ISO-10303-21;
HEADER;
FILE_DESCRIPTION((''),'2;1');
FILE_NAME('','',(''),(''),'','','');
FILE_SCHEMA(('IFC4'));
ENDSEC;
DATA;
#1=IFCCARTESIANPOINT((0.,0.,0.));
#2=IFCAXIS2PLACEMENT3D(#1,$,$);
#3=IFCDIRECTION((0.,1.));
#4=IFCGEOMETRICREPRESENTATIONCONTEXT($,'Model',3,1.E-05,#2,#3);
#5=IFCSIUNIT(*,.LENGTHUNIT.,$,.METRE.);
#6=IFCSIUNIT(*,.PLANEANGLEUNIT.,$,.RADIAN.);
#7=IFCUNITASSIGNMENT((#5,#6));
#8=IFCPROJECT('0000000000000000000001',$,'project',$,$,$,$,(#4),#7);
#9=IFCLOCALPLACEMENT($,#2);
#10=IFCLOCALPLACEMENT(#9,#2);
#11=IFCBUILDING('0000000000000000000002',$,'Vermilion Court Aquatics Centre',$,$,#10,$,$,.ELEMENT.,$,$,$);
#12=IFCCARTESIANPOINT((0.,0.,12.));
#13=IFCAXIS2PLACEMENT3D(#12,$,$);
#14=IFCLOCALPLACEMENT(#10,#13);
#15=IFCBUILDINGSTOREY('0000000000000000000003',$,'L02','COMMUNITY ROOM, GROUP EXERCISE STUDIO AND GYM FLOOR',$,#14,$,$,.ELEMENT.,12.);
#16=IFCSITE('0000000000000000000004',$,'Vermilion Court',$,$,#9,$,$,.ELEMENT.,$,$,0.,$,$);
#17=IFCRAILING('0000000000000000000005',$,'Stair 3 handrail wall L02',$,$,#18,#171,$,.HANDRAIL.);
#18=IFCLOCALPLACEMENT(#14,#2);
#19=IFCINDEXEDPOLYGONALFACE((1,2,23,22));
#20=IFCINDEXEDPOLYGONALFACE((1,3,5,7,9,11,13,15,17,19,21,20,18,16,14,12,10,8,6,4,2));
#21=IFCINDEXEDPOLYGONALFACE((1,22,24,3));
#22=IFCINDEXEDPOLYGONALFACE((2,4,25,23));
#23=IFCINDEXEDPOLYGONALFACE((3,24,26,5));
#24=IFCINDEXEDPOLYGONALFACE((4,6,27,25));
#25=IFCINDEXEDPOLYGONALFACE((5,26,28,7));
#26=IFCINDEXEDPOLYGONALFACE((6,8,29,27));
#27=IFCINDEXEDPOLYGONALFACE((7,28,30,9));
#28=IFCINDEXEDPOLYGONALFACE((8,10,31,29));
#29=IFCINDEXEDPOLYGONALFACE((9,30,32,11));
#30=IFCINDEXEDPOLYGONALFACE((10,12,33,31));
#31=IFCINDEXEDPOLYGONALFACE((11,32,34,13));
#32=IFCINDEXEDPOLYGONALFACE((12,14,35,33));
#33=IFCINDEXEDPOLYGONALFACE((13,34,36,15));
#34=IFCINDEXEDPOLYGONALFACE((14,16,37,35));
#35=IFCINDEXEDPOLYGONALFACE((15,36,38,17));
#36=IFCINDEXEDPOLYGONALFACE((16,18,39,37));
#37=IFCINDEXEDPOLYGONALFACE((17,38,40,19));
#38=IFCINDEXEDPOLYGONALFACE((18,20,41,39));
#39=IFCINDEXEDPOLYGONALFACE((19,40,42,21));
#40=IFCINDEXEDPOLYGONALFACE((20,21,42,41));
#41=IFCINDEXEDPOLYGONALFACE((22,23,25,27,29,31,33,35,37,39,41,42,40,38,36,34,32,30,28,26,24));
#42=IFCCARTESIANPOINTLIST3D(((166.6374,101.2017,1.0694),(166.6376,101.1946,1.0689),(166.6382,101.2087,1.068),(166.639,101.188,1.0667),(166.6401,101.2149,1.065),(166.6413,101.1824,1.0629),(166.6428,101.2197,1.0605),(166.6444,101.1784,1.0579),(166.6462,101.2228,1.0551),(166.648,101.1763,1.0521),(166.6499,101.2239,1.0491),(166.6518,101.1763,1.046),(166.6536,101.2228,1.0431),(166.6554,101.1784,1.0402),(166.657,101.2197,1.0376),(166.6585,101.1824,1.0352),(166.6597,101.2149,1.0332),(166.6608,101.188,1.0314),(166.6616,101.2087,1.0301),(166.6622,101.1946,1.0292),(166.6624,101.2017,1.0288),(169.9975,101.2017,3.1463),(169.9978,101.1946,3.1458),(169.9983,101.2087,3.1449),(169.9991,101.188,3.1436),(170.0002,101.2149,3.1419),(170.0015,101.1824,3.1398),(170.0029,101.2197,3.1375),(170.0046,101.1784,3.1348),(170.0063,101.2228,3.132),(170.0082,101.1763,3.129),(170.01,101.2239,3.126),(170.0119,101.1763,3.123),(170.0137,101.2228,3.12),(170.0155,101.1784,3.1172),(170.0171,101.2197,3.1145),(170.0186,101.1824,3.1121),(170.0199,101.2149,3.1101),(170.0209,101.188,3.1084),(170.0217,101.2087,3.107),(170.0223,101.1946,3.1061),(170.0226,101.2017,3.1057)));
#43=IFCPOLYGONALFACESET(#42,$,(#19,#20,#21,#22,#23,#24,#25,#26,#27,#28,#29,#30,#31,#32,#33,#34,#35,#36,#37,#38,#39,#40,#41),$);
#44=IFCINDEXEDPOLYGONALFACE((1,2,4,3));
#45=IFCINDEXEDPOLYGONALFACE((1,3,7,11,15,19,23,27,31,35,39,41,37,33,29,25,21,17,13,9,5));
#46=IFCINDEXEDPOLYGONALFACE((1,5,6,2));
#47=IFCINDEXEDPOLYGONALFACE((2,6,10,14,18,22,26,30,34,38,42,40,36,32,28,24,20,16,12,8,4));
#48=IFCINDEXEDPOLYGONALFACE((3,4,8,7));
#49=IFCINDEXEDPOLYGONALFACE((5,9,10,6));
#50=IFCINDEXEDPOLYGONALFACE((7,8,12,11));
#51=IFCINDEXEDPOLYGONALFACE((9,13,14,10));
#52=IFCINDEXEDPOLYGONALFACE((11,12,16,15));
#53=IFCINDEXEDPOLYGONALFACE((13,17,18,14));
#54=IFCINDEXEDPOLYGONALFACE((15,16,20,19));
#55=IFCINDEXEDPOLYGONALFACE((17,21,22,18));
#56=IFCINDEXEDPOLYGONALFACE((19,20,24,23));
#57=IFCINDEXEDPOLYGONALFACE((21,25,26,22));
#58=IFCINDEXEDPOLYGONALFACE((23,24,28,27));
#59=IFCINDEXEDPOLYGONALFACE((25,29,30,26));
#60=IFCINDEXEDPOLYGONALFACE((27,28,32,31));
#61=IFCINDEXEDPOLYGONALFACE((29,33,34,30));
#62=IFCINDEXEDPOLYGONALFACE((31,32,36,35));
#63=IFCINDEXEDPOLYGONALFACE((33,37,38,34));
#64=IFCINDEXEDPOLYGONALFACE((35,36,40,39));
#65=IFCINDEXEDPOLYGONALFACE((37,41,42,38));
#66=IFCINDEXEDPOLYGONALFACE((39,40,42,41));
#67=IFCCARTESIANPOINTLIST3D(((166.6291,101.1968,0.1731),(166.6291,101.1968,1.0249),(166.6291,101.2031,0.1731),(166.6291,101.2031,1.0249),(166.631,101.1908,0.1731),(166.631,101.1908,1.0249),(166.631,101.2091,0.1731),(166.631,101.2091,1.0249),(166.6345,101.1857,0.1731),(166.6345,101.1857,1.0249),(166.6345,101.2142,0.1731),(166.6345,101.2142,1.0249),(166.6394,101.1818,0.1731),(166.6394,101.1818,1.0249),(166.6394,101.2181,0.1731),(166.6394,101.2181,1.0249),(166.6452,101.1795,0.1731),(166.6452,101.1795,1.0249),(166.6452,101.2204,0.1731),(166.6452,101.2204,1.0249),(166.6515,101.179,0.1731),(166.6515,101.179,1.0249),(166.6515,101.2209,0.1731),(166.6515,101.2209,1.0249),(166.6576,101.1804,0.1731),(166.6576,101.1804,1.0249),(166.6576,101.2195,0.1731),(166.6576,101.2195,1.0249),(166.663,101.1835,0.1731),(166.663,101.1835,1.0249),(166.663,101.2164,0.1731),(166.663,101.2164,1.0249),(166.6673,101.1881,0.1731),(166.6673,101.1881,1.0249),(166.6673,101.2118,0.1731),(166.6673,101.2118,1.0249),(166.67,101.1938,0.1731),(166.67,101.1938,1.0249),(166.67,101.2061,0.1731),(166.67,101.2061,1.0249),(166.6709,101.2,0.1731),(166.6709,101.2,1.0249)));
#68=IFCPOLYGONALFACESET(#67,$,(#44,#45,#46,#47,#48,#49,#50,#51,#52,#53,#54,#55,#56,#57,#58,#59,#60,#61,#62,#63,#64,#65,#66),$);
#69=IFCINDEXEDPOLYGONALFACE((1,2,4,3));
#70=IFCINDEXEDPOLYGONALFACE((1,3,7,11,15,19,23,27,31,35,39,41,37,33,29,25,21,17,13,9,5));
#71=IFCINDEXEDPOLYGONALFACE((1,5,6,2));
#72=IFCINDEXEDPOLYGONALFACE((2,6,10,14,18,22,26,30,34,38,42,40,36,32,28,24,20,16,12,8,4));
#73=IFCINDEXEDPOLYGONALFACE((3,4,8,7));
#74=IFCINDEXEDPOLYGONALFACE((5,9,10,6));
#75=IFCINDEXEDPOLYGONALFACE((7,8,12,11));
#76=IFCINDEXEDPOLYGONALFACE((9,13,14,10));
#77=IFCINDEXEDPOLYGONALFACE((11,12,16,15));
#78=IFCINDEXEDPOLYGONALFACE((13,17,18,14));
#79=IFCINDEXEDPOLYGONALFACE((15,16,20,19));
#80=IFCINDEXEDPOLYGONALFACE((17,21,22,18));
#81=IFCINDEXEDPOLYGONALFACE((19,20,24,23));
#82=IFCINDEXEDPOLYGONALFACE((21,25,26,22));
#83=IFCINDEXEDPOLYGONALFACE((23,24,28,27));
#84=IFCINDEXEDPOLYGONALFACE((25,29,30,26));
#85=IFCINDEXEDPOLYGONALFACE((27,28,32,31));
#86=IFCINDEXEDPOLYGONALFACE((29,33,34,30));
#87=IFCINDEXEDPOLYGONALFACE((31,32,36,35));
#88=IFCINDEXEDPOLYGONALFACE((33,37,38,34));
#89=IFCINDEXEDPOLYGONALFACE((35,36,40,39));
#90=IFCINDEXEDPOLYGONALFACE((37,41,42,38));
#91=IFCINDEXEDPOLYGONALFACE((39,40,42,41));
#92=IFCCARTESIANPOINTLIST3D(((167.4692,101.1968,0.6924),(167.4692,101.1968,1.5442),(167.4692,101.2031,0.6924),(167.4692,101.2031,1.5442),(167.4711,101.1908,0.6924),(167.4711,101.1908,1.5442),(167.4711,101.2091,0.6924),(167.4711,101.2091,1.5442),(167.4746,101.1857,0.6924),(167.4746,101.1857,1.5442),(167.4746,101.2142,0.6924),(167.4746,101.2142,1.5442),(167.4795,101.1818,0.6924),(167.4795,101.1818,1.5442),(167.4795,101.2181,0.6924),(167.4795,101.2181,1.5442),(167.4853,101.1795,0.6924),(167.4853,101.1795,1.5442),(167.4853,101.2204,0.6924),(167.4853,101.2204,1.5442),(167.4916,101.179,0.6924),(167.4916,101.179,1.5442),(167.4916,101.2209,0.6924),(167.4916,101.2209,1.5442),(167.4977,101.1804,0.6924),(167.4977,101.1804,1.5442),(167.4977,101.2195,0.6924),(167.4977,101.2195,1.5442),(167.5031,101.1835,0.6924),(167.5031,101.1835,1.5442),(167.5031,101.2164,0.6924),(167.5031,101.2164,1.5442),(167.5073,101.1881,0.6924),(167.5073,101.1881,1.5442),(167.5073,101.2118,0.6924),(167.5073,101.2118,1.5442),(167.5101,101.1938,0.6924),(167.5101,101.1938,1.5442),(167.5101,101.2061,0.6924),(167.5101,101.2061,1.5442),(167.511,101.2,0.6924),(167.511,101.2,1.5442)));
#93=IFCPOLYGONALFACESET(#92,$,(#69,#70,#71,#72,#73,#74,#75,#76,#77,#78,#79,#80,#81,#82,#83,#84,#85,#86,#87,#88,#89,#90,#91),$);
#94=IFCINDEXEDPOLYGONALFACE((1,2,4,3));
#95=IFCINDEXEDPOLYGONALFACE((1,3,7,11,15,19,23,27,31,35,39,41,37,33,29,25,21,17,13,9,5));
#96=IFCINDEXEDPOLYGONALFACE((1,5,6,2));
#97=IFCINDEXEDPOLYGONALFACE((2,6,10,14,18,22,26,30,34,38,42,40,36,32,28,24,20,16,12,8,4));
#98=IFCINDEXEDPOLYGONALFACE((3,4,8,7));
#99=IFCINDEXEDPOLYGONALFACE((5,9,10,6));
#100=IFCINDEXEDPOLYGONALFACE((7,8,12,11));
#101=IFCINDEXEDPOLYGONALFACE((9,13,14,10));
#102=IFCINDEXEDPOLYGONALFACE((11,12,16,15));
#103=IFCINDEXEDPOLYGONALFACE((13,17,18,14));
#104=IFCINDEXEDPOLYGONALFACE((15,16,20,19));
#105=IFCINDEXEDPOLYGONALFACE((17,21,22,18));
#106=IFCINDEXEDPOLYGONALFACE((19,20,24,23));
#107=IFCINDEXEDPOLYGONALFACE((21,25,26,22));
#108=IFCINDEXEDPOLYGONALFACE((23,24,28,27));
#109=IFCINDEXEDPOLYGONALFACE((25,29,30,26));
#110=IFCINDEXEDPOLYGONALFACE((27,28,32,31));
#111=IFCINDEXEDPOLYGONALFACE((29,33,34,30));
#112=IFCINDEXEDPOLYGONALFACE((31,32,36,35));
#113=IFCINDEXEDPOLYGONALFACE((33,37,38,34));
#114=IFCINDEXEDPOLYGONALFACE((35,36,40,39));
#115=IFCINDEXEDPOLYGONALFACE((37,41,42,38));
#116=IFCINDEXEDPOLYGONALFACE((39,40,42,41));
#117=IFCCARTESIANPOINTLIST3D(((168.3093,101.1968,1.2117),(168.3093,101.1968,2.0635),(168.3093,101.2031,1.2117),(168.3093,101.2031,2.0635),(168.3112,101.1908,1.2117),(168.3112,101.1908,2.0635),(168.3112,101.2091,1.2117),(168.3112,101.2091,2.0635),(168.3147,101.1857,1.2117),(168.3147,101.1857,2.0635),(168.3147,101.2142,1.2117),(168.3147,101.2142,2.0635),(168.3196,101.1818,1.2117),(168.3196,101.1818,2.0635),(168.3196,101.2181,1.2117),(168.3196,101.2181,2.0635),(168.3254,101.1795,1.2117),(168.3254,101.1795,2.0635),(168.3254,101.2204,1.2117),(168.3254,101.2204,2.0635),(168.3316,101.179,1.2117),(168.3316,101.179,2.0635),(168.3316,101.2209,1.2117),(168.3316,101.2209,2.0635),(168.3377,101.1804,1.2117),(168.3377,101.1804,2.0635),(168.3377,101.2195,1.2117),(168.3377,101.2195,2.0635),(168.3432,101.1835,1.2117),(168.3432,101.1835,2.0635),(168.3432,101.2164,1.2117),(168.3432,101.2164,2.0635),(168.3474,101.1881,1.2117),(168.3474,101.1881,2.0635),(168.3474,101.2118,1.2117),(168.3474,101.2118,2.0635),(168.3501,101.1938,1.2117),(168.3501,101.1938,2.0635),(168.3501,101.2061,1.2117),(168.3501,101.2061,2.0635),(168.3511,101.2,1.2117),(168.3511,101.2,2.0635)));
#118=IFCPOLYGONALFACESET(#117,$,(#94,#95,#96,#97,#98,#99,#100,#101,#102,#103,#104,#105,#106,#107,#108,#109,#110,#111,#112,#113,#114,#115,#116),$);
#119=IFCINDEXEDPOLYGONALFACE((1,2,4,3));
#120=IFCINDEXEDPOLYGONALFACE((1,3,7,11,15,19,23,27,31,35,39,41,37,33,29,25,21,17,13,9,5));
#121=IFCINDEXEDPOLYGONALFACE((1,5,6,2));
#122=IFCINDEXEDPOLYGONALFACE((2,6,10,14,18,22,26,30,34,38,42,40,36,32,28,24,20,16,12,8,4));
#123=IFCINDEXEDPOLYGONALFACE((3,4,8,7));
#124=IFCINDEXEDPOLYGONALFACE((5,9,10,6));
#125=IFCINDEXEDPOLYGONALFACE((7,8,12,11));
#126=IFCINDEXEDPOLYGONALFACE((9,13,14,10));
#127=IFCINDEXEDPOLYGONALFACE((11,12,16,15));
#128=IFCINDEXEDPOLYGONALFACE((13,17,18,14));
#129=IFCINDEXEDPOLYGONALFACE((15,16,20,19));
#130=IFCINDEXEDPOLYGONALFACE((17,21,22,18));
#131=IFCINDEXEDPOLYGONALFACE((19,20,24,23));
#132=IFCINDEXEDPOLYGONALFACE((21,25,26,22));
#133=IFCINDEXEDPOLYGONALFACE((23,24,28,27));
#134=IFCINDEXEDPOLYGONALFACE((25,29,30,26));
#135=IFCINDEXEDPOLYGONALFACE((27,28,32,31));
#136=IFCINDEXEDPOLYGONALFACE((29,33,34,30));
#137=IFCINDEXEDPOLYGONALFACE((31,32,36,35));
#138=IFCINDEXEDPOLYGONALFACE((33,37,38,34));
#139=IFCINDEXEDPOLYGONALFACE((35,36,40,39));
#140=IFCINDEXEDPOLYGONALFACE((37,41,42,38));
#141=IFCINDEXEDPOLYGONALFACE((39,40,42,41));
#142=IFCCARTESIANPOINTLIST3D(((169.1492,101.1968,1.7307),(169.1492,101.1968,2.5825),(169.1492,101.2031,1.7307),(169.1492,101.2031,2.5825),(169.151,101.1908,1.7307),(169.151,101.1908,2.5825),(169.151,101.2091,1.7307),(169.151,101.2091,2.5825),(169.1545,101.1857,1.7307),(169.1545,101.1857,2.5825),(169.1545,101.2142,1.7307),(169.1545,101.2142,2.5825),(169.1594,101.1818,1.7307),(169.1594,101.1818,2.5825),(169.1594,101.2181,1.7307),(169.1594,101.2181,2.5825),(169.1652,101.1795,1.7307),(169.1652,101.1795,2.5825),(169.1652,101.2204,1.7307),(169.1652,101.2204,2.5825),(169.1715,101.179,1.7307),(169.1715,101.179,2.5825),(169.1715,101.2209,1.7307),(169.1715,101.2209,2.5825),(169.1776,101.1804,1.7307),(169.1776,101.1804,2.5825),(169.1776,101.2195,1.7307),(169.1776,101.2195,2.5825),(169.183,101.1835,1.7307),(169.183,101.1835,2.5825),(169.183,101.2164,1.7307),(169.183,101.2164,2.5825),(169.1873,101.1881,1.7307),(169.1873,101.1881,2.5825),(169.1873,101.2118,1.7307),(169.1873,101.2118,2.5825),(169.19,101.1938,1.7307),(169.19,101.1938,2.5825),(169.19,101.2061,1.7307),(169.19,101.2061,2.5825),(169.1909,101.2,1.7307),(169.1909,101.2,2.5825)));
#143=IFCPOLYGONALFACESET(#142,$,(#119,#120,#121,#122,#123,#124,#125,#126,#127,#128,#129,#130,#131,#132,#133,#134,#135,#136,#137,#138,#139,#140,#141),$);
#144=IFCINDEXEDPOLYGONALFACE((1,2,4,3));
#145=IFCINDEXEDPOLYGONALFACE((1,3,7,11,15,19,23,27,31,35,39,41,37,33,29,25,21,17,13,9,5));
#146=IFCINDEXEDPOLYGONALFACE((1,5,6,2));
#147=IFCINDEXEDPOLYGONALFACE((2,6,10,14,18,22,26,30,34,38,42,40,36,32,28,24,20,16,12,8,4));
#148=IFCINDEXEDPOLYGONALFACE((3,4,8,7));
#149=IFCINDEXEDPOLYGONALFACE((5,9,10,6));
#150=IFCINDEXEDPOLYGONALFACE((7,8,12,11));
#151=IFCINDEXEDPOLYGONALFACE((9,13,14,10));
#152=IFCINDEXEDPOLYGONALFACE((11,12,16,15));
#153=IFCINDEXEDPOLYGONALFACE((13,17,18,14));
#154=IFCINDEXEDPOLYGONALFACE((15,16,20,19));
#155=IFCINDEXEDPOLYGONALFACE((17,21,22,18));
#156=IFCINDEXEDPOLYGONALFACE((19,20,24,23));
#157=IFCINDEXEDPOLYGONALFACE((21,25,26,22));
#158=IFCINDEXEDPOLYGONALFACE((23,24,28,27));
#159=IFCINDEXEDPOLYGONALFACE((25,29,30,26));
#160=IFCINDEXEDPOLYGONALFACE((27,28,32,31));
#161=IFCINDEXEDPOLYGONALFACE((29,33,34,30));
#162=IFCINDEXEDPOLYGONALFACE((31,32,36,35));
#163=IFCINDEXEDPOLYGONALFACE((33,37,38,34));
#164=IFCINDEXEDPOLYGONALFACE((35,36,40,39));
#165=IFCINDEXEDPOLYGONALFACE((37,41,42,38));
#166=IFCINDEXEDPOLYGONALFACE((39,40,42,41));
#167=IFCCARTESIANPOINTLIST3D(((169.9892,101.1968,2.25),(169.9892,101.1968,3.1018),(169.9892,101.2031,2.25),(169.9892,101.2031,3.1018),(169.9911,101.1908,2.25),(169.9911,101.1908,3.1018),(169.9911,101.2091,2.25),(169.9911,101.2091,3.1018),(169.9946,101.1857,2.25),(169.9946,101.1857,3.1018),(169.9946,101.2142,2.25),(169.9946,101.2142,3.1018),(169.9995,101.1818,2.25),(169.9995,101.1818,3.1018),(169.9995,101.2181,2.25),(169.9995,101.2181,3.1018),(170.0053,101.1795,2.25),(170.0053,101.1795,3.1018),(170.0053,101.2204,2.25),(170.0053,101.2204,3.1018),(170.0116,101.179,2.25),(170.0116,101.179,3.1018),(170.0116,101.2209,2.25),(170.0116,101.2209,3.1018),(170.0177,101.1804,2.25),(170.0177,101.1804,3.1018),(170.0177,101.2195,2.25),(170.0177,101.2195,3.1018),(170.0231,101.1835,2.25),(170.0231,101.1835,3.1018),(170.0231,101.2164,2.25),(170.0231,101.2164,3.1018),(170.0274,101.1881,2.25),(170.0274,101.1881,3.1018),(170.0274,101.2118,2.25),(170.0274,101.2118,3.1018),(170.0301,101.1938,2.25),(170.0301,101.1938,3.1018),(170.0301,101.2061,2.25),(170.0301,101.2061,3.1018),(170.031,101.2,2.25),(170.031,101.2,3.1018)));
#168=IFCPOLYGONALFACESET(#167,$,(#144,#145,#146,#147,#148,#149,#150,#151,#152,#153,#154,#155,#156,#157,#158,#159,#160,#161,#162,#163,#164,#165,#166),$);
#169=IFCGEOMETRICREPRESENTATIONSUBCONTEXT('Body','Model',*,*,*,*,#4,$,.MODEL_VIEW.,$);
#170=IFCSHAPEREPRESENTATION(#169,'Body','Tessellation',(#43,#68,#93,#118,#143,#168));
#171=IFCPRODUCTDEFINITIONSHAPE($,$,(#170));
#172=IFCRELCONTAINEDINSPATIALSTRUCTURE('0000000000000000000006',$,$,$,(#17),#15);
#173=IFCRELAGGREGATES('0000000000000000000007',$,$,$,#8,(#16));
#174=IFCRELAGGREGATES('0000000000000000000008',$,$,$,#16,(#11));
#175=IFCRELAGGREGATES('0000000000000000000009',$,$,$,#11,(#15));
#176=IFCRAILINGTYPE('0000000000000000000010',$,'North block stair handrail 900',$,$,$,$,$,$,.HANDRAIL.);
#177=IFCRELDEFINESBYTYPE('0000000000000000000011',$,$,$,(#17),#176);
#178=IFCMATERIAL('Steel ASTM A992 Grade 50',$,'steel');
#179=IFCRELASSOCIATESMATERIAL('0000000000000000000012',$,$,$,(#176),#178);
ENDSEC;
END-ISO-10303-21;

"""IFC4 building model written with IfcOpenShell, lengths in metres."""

from ifc_helpers import new_model, si_unit, direction, frame, origin, origin_2d, place, context, subcontext, project, spatial, circle, extrude, material, type_object, element, save


model = new_model("IFC4")

# Units and contexts
model_context = context("Model", 3, precision=1e-05, world=origin(), true_north=direction((0.0, 1.0)))
body_context = subcontext(model_context, "Body", "Model", "MODEL_VIEW")
ifc_project = project(units=[si_unit("LENGTHUNIT", "METRE"), si_unit("PLANEANGLEUNIT", "RADIAN")], contexts=[model_context])

# Site, building, storey
site_placement = place(None, origin())
site = spatial("IfcSite", under=ifc_project, at=site_placement, Name="Vermilion Court", CompositionType="ELEMENT", RefElevation=0.0)
building_placement = place(site_placement, origin())
building = spatial("IfcBuilding", under=site, at=building_placement, Name="Vermilion Court Aquatics Centre", CompositionType="ELEMENT")
storey_placement = place(building_placement, frame((0.0, 0.0, 12.0)))
storey = spatial("IfcBuildingStorey", under=building, at=storey_placement, Name="L02", Description="COMMUNITY ROOM, GROUP EXERCISE STUDIO AND GYM FLOOR", CompositionType="ELEMENT", Elevation=12.0)

# Railing
ifc_material_1 = material(Name="Steel ASTM A992 Grade 50", Category="steel")
railing_type_1 = type_object("IfcRailingType", Name="North block stair handrail 900", PredefinedType="HANDRAIL", material=ifc_material_1)
for number, where, name in (
    (1, (166.6499, 101.2, 0.1731), "Stair 3 handrail wall L02"),
):
    element("IfcRailing", number, at=place(storey_placement, frame(where)), inside=storey, type_object=railing_type_1, Name=name, PredefinedType="HANDRAIL", context=body_context, shape_type="SweptSolid", body=[
        extrude(circle(Radius=0.0239, at=origin_2d()), frame((0.0, 0.0, 0.876), z_axis=(0.850623, 0.0, 0.525776), x_axis=(0.0, 1.0, 0.0)), (0.0, 0.0, 1.0), 3.9502),
        extrude(circle(Radius=0.021, at=origin_2d()), origin(), (0.0, 0.0, 1.0), 0.8518),
        extrude(circle(Radius=0.021, at=origin_2d()), frame((0.8401, 0.0, 0.5193)), (0.0, 0.0, 1.0), 0.8518),
        extrude(circle(Radius=0.021, at=origin_2d()), frame((1.6802, 0.0, 1.0386)), (0.0, 0.0, 1.0), 0.8518),
        extrude(circle(Radius=0.021, at=origin_2d()), frame((2.52, 0.0, 1.5576)), (0.0, 0.0, 1.0), 0.8518),
        extrude(circle(Radius=0.021, at=origin_2d()), frame((3.3601, 0.0, 2.0769)), (0.0, 0.0, 1.0), 0.8518),
    ])

save(model, "model.ifc")
